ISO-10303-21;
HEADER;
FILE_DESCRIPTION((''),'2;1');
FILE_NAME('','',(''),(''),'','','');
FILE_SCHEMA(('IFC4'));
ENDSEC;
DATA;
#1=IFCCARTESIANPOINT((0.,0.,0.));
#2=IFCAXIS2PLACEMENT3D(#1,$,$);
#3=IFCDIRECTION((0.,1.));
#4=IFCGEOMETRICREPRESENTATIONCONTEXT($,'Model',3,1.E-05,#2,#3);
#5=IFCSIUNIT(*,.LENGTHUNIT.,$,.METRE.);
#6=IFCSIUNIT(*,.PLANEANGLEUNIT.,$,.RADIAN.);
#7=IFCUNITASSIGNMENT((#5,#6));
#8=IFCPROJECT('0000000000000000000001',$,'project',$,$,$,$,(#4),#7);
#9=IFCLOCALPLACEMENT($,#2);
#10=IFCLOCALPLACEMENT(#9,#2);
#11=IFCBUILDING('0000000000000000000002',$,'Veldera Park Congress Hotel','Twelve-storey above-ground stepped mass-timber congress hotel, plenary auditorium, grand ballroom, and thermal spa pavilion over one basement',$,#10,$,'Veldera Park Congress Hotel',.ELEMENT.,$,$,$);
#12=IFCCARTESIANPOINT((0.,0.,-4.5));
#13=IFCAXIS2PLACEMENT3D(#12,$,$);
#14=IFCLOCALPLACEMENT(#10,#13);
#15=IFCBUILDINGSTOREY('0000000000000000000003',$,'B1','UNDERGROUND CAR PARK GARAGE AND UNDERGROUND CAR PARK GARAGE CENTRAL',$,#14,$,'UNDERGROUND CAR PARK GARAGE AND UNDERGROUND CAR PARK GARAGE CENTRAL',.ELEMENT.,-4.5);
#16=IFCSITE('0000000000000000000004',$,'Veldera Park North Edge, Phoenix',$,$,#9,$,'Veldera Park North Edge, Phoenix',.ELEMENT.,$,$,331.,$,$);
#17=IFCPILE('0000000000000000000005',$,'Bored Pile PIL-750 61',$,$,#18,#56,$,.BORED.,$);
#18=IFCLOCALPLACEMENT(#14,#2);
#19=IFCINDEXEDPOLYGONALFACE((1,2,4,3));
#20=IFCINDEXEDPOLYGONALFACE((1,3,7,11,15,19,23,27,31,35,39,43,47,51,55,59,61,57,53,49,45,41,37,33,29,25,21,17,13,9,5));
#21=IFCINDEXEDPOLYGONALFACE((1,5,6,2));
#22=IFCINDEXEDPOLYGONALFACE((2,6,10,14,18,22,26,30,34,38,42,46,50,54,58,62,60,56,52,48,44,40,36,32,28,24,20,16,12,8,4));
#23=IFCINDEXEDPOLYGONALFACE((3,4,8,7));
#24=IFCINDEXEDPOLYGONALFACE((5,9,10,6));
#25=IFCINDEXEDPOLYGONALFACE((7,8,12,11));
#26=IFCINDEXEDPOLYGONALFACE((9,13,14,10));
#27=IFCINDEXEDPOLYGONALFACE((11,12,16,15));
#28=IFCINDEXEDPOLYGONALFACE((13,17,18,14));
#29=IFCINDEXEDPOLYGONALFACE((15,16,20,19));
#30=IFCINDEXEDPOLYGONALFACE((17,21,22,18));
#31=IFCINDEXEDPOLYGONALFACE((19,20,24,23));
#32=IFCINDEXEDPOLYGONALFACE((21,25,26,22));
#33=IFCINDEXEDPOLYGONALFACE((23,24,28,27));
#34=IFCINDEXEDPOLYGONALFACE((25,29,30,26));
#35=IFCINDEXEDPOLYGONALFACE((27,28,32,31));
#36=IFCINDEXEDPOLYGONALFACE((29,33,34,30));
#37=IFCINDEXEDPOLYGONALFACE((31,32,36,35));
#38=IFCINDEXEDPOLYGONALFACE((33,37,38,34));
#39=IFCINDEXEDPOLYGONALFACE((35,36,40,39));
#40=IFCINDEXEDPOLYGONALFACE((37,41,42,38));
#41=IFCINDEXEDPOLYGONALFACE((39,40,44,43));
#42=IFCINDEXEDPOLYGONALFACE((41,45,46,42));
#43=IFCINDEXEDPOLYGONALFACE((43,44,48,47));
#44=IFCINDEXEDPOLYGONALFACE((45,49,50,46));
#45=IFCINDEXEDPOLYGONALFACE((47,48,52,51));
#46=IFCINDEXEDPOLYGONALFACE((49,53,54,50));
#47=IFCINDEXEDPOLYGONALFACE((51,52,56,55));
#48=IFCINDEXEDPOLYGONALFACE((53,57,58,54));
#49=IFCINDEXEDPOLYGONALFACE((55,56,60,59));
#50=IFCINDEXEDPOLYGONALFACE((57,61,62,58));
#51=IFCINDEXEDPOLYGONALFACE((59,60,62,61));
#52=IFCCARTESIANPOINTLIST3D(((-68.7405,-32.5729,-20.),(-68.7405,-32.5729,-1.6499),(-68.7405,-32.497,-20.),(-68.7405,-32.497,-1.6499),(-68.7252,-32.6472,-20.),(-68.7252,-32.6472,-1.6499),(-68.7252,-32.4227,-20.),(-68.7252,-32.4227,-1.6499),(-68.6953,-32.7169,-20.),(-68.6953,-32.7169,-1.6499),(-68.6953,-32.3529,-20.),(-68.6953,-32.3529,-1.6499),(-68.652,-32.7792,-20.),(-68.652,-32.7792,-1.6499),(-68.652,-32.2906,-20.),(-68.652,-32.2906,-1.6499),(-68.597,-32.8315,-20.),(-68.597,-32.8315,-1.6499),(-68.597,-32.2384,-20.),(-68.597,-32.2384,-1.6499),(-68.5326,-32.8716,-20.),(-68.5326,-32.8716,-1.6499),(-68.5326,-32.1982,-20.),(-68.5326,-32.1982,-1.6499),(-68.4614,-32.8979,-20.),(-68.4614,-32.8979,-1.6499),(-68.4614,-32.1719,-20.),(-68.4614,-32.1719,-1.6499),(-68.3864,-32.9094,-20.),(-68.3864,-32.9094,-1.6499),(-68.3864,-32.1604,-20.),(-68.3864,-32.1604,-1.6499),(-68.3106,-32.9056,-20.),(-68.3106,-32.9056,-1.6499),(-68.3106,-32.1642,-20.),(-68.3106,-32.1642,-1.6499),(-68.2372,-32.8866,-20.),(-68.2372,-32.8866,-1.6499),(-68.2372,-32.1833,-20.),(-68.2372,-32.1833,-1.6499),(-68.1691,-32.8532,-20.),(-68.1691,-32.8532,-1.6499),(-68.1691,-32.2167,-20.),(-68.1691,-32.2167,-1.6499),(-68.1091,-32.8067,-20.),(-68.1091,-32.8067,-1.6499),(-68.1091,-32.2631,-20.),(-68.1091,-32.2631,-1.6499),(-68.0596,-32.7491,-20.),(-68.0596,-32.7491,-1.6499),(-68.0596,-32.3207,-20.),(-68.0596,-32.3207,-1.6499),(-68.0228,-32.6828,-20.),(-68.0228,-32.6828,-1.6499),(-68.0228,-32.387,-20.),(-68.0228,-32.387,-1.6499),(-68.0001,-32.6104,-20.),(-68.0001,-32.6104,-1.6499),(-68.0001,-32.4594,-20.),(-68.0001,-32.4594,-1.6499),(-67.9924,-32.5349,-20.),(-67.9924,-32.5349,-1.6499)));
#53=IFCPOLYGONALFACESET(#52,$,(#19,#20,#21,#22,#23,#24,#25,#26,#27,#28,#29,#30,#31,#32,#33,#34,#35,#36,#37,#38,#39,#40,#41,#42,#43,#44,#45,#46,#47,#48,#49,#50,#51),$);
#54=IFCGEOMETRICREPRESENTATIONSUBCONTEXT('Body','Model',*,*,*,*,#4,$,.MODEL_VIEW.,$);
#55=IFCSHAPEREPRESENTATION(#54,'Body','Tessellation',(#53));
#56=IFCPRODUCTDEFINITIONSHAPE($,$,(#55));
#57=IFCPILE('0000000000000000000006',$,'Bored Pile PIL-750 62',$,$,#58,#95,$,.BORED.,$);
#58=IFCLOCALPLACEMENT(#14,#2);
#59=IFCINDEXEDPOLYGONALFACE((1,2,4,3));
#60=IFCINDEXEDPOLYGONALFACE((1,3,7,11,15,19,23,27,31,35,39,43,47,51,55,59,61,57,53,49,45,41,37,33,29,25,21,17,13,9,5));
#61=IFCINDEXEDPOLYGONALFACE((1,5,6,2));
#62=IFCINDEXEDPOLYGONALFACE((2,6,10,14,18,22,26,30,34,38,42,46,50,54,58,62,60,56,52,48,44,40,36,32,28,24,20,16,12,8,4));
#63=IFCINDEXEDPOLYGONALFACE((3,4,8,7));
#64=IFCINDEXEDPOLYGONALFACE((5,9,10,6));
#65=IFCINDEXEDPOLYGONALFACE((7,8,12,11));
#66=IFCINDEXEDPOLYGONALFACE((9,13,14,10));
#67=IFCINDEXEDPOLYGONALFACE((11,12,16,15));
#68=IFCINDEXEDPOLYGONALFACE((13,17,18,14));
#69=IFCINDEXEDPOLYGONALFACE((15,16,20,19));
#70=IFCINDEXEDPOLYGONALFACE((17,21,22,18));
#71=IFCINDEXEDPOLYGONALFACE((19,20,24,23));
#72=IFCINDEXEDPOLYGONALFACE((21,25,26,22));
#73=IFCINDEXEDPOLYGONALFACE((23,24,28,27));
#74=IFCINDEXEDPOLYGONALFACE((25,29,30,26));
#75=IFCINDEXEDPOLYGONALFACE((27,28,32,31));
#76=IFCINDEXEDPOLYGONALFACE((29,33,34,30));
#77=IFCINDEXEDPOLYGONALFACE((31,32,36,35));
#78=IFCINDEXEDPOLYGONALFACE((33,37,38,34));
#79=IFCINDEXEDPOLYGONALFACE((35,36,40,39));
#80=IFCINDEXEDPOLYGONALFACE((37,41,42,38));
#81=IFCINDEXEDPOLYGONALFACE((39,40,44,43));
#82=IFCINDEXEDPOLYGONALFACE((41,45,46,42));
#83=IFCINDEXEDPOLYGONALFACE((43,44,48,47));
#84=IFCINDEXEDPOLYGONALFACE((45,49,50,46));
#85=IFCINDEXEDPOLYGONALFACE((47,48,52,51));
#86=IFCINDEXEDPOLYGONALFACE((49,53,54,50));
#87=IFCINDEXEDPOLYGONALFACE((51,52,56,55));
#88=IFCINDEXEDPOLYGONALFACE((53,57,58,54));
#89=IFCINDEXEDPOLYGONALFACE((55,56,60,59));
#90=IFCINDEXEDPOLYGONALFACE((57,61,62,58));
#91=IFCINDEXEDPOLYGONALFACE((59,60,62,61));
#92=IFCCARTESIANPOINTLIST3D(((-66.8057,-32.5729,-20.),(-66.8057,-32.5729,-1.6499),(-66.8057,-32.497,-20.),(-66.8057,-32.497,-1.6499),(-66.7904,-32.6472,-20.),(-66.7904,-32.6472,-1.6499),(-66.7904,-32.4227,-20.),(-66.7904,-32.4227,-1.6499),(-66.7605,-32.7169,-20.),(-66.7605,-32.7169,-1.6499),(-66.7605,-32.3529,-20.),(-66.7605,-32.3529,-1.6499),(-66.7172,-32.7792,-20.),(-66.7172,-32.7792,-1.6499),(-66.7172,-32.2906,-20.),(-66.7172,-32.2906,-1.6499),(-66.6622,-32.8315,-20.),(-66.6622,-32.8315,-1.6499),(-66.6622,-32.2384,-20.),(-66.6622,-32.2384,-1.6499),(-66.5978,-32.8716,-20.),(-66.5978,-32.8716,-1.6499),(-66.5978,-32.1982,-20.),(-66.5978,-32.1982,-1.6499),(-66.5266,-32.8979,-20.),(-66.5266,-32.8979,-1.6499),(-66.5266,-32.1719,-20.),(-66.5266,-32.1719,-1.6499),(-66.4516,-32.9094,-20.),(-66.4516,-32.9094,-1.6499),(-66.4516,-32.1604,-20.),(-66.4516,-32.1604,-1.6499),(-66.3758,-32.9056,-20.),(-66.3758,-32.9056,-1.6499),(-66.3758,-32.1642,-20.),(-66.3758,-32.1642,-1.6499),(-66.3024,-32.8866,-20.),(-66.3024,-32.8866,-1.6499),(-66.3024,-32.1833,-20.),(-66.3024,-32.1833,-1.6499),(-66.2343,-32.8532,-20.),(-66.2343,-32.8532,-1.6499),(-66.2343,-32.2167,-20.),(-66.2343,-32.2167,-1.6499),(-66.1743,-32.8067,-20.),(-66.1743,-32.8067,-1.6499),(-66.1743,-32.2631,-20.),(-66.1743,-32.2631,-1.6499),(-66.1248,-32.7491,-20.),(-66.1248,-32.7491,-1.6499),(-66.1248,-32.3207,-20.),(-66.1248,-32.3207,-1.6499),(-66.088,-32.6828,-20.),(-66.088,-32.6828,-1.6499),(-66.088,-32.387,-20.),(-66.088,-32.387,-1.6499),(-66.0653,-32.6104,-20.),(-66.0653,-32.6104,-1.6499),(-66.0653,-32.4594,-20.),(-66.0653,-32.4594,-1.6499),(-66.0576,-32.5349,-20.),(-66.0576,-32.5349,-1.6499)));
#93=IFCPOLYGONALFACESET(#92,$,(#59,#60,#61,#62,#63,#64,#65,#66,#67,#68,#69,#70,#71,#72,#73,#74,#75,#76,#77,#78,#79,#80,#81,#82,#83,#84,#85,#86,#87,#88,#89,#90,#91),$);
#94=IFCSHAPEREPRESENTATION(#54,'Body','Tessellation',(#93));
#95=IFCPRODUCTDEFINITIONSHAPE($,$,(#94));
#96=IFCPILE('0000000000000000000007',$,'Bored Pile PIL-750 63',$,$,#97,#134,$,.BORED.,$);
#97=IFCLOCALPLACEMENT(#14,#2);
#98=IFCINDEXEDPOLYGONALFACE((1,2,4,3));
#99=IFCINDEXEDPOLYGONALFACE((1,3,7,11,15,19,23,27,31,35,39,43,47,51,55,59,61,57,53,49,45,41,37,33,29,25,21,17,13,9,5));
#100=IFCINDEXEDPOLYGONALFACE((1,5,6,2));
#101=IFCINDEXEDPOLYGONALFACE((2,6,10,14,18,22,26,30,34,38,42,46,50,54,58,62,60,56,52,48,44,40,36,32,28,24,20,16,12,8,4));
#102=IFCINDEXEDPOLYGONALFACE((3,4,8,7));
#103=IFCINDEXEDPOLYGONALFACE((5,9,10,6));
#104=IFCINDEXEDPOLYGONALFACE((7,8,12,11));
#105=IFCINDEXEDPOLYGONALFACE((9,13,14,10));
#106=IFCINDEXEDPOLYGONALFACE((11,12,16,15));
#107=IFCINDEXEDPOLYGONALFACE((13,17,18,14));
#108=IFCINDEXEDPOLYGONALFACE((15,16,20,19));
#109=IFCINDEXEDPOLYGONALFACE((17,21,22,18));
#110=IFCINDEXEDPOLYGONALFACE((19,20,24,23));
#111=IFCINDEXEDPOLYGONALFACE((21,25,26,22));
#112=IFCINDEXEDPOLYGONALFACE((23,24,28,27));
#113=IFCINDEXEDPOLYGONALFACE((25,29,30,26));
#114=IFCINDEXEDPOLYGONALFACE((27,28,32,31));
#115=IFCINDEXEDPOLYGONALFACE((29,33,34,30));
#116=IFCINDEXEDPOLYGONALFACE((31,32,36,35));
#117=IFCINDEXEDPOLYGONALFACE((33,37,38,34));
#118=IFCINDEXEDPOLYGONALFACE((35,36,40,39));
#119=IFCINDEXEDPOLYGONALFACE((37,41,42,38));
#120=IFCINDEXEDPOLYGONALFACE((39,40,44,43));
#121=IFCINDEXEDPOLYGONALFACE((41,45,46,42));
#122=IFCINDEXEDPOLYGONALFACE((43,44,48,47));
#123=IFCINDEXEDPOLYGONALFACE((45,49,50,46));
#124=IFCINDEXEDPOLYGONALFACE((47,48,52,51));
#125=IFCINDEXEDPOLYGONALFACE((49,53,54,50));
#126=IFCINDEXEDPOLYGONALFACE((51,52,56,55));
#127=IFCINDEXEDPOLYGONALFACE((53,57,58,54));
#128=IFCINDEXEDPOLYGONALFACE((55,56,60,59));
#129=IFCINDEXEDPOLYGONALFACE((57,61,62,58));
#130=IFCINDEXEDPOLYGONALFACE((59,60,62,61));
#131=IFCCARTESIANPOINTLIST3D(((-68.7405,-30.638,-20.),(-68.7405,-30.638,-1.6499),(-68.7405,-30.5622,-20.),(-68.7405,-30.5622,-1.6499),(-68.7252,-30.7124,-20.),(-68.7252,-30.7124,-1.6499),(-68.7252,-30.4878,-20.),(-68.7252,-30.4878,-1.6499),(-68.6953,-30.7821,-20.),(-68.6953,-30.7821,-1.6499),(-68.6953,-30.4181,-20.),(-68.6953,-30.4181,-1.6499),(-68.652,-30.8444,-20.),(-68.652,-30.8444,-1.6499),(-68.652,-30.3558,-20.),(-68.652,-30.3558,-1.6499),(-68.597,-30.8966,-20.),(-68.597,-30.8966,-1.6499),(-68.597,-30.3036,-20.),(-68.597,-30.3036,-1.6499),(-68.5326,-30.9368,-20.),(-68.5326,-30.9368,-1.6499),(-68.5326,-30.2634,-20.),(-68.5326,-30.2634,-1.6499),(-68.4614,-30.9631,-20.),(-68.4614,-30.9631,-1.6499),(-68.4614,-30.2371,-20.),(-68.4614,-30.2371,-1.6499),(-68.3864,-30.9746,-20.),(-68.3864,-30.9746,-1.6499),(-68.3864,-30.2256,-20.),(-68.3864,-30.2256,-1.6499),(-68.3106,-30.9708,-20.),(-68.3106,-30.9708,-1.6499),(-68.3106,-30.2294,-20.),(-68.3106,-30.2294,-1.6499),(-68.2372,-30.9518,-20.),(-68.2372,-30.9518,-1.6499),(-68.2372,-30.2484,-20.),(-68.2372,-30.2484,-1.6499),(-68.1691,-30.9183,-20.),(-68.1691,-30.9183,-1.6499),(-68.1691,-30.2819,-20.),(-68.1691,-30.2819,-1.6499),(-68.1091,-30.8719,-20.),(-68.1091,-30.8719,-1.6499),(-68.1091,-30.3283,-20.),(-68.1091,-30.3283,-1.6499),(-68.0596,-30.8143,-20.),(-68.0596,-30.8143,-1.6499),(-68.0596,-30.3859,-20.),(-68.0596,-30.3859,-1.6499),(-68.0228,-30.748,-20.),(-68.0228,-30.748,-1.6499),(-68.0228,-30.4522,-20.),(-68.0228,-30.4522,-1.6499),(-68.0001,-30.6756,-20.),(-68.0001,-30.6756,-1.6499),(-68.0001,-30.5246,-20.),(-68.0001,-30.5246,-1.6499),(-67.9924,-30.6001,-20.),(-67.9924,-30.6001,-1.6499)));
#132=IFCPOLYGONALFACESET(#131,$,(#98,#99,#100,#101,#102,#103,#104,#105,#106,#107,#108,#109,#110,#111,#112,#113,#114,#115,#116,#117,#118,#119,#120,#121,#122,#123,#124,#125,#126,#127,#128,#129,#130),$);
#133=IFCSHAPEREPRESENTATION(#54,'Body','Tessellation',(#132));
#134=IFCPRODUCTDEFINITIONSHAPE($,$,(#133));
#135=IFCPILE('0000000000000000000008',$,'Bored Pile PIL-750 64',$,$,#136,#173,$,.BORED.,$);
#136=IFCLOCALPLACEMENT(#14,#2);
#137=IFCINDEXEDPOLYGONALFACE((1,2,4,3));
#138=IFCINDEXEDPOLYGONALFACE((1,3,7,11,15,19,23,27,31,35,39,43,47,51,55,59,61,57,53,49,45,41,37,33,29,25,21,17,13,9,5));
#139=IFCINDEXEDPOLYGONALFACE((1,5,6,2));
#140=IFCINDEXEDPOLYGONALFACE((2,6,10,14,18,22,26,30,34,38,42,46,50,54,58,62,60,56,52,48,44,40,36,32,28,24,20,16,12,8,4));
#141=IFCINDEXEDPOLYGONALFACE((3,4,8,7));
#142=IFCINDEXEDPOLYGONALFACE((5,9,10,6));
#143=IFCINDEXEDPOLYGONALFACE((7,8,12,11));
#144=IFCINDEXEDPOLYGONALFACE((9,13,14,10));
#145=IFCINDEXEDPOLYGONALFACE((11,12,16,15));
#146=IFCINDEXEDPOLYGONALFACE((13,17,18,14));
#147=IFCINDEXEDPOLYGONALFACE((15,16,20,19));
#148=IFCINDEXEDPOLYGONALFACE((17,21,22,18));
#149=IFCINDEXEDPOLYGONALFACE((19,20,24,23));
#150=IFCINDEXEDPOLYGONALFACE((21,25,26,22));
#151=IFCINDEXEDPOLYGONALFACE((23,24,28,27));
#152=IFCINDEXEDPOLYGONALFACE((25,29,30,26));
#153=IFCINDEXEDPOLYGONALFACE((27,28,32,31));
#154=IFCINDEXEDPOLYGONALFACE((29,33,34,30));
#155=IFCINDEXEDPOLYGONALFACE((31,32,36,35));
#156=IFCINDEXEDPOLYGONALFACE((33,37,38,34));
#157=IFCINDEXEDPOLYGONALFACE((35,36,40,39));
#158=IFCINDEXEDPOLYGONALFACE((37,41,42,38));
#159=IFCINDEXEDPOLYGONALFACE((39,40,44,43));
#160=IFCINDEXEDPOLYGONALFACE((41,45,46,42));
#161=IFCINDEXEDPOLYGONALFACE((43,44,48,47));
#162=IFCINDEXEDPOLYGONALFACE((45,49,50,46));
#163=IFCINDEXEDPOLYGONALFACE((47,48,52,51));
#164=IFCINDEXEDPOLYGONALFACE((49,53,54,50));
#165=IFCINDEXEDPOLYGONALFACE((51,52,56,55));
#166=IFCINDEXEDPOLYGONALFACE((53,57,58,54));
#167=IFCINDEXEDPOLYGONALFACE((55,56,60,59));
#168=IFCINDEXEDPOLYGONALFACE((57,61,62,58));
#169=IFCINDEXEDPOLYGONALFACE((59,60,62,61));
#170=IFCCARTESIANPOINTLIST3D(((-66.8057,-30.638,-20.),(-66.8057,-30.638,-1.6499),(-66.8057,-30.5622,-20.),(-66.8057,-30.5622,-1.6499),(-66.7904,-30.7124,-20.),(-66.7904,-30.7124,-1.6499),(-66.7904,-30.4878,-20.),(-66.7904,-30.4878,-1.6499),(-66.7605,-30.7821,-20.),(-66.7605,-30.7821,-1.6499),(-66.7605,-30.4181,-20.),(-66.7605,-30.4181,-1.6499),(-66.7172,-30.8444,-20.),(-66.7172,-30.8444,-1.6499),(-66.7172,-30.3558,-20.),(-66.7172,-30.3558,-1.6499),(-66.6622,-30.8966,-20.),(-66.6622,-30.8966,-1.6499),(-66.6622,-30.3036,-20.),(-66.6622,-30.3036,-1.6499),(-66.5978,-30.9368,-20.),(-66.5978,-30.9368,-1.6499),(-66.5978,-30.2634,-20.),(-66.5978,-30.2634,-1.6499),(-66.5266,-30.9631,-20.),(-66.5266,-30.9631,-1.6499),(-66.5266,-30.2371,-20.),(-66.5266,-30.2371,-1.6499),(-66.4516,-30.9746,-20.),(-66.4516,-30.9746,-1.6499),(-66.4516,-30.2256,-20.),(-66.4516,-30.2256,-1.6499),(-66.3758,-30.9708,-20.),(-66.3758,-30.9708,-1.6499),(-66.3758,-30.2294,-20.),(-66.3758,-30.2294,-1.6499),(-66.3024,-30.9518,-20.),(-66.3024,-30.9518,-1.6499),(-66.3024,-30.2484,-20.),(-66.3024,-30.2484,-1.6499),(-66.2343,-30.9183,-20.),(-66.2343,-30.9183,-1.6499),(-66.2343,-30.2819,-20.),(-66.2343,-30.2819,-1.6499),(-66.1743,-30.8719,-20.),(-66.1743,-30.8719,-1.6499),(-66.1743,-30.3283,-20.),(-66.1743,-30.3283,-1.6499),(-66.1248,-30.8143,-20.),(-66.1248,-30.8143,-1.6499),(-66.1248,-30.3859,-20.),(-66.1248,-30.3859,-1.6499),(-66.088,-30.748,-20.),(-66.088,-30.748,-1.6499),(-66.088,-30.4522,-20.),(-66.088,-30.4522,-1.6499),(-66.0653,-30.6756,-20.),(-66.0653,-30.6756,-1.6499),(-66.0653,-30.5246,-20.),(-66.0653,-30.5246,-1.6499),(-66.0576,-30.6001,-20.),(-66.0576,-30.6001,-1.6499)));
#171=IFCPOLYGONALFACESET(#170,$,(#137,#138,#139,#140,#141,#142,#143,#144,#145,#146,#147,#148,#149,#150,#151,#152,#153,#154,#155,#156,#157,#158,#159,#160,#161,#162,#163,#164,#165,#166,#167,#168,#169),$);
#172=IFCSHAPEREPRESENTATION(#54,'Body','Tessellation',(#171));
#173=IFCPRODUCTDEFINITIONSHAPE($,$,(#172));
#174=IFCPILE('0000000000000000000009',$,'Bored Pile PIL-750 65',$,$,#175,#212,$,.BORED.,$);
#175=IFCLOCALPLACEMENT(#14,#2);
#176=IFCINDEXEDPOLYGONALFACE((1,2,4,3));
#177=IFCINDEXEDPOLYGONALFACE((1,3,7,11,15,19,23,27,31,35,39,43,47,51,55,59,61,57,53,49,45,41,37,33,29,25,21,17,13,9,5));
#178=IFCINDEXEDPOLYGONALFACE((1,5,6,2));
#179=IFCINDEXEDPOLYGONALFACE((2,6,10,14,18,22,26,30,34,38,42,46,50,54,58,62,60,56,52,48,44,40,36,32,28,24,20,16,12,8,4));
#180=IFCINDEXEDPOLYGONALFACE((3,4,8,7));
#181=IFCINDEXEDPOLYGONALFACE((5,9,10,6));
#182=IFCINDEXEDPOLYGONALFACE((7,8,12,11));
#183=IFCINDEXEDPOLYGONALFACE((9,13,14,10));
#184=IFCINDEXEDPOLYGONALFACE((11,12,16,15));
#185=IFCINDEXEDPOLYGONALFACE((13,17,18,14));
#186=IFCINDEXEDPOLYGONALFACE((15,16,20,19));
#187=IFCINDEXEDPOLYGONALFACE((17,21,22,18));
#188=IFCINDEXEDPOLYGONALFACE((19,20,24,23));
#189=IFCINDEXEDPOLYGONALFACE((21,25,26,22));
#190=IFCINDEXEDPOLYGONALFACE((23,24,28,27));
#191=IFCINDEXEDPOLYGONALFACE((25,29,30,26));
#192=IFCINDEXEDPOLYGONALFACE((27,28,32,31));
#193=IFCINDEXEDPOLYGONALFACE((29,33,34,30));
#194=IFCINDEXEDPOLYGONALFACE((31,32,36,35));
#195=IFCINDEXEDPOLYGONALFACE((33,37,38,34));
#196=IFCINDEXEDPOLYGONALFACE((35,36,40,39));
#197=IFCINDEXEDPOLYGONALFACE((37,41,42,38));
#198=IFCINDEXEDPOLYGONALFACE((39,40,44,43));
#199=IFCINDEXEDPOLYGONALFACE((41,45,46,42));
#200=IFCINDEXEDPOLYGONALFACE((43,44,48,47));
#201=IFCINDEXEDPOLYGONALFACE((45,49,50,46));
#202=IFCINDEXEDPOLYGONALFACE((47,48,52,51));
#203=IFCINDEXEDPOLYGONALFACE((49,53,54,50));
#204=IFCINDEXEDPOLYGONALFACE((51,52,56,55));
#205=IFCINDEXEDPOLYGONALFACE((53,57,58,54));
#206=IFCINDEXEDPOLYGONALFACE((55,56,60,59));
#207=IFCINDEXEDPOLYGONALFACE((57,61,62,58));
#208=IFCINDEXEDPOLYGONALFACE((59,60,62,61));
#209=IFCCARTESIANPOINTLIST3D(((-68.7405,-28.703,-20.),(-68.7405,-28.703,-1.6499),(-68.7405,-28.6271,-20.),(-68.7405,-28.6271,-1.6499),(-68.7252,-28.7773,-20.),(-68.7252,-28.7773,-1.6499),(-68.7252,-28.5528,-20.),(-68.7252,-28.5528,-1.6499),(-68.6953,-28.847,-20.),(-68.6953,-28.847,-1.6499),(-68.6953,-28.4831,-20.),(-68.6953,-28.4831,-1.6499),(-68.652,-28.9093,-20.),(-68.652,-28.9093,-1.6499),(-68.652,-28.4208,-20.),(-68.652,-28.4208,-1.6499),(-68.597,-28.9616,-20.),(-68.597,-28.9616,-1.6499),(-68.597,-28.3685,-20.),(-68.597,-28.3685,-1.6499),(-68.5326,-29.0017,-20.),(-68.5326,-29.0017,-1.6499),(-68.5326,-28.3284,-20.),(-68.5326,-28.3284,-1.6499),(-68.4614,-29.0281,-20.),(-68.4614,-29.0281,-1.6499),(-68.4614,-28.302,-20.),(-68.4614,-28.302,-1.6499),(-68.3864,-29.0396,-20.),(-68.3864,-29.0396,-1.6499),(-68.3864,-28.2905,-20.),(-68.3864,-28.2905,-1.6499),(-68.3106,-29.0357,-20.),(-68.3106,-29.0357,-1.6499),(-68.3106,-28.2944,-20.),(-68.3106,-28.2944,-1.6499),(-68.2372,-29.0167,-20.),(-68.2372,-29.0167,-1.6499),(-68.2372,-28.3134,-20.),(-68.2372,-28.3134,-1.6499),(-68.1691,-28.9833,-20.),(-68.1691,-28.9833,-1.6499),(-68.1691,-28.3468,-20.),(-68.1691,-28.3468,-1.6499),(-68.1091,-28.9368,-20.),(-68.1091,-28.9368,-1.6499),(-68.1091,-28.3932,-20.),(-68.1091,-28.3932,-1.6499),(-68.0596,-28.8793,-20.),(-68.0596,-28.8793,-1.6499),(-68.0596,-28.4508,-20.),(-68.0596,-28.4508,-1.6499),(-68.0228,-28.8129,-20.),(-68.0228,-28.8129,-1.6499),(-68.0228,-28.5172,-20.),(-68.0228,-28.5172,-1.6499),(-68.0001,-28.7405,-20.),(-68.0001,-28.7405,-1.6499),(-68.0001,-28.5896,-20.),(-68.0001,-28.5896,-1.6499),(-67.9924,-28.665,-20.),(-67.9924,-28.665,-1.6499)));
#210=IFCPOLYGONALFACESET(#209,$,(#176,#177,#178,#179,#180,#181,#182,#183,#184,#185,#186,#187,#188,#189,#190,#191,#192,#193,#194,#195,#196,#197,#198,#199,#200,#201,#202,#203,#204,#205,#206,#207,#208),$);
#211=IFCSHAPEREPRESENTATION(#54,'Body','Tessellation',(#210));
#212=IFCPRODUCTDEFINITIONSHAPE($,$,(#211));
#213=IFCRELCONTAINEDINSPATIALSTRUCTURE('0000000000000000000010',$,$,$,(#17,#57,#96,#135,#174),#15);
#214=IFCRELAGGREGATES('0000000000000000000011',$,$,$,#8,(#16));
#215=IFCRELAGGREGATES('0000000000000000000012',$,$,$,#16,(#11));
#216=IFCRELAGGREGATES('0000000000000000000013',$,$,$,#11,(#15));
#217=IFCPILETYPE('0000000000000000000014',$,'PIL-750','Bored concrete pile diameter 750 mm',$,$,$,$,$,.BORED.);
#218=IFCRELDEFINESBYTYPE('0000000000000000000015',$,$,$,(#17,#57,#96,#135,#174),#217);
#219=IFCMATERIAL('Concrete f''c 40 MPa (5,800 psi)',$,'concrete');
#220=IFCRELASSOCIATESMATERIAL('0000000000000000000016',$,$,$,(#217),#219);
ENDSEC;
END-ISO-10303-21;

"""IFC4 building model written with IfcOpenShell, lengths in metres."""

from ifc_helpers import new_model, si_unit, direction, frame, origin, origin_2d, place, context, subcontext, project, spatial, circle, extrude, material, material_profile, profile_set, type_object, element, save


model = new_model("IFC4")

# Units and contexts
model_context = context("Model", 3, precision=1e-05, world=origin(), true_north=direction((0.0, 1.0)))
body_context = subcontext(model_context, "Body", "Model", "MODEL_VIEW")
ifc_project = project(units=[si_unit("LENGTHUNIT", "METRE"), si_unit("PLANEANGLEUNIT", "RADIAN")], contexts=[model_context])

# Site, building, storey
site_placement = place(None, origin())
site = spatial("IfcSite", under=ifc_project, at=site_placement, Name="Veldera Park North Edge, Phoenix", LongName="Veldera Park North Edge, Phoenix", CompositionType="ELEMENT", RefElevation=331.0)
building_placement = place(site_placement, origin())
building = spatial("IfcBuilding", under=site, at=building_placement, Name="Veldera Park Congress Hotel", Description="Twelve-storey above-ground stepped mass-timber congress hotel, plenary auditorium, grand ballroom, and thermal spa pavilion over one basement", LongName="Veldera Park Congress Hotel", CompositionType="ELEMENT")
storey_placement = place(building_placement, frame((0.0, 0.0, -4.5)))
storey = spatial("IfcBuildingStorey", under=building, at=storey_placement, Name="B1", Description="UNDERGROUND CAR PARK GARAGE AND UNDERGROUND CAR PARK GARAGE CENTRAL", LongName="UNDERGROUND CAR PARK GARAGE AND UNDERGROUND CAR PARK GARAGE CENTRAL", CompositionType="ELEMENT", Elevation=-4.5)

# Shared definitions
ifc_material = material(Name="Concrete f'c 40 MPa (5,800 psi)", Category="concrete")

# Piles
ifc_material_profile_1 = material_profile(ifc_material, circle(Radius=0.375, at=origin_2d()), Name="PILE D750")
ifc_profile_set_1 = profile_set([ifc_material_profile_1], Name="Concrete f'c 40 MPa (5,800 psi)")
pile_type_1 = type_object("IfcPileType", Name="PIL-750", Description="Bored concrete pile diameter 750 mm", PredefinedType="BORED", material=ifc_profile_set_1)
for number, where, z_axis, x_axis, name in (
    (1, (-68.3674, -32.5349, -1.6499), (0.0, 0.0, -1.0), (1.0, 0.0, 0.0), "Bored Pile PIL-750 61"),
    (2, (-66.4326, -32.5349, -1.6499), (0.0, 0.0, -1.0), (1.0, 0.0, 0.0), "Bored Pile PIL-750 62"),
    (3, (-68.3674, -30.6001, -1.6499), (0.0, 0.0, -1.0), (1.0, 0.0, 0.0), "Bored Pile PIL-750 63"),
    (4, (-66.4326, -30.6001, -1.6499), (0.0, 0.0, -1.0), (1.0, 0.0, 0.0), "Bored Pile PIL-750 64"),
    (5, (-68.3674, -28.665, -1.6499), (0.0, 0.0, -1.0), (1.0, 0.0, 0.0), "Bored Pile PIL-750 65"),
):
    element("IfcPile", number, at=place(storey_placement, frame(where, z_axis=z_axis, x_axis=x_axis)), inside=storey, type_object=pile_type_1, Name=name, PredefinedType="BORED", context=body_context, shape_type="SweptSolid", body=[
        extrude(circle(Radius=0.375, at=origin_2d()), origin(), (0.0, 0.0, 1.0), 18.3501),
    ])

save(model, "model.ifc")
